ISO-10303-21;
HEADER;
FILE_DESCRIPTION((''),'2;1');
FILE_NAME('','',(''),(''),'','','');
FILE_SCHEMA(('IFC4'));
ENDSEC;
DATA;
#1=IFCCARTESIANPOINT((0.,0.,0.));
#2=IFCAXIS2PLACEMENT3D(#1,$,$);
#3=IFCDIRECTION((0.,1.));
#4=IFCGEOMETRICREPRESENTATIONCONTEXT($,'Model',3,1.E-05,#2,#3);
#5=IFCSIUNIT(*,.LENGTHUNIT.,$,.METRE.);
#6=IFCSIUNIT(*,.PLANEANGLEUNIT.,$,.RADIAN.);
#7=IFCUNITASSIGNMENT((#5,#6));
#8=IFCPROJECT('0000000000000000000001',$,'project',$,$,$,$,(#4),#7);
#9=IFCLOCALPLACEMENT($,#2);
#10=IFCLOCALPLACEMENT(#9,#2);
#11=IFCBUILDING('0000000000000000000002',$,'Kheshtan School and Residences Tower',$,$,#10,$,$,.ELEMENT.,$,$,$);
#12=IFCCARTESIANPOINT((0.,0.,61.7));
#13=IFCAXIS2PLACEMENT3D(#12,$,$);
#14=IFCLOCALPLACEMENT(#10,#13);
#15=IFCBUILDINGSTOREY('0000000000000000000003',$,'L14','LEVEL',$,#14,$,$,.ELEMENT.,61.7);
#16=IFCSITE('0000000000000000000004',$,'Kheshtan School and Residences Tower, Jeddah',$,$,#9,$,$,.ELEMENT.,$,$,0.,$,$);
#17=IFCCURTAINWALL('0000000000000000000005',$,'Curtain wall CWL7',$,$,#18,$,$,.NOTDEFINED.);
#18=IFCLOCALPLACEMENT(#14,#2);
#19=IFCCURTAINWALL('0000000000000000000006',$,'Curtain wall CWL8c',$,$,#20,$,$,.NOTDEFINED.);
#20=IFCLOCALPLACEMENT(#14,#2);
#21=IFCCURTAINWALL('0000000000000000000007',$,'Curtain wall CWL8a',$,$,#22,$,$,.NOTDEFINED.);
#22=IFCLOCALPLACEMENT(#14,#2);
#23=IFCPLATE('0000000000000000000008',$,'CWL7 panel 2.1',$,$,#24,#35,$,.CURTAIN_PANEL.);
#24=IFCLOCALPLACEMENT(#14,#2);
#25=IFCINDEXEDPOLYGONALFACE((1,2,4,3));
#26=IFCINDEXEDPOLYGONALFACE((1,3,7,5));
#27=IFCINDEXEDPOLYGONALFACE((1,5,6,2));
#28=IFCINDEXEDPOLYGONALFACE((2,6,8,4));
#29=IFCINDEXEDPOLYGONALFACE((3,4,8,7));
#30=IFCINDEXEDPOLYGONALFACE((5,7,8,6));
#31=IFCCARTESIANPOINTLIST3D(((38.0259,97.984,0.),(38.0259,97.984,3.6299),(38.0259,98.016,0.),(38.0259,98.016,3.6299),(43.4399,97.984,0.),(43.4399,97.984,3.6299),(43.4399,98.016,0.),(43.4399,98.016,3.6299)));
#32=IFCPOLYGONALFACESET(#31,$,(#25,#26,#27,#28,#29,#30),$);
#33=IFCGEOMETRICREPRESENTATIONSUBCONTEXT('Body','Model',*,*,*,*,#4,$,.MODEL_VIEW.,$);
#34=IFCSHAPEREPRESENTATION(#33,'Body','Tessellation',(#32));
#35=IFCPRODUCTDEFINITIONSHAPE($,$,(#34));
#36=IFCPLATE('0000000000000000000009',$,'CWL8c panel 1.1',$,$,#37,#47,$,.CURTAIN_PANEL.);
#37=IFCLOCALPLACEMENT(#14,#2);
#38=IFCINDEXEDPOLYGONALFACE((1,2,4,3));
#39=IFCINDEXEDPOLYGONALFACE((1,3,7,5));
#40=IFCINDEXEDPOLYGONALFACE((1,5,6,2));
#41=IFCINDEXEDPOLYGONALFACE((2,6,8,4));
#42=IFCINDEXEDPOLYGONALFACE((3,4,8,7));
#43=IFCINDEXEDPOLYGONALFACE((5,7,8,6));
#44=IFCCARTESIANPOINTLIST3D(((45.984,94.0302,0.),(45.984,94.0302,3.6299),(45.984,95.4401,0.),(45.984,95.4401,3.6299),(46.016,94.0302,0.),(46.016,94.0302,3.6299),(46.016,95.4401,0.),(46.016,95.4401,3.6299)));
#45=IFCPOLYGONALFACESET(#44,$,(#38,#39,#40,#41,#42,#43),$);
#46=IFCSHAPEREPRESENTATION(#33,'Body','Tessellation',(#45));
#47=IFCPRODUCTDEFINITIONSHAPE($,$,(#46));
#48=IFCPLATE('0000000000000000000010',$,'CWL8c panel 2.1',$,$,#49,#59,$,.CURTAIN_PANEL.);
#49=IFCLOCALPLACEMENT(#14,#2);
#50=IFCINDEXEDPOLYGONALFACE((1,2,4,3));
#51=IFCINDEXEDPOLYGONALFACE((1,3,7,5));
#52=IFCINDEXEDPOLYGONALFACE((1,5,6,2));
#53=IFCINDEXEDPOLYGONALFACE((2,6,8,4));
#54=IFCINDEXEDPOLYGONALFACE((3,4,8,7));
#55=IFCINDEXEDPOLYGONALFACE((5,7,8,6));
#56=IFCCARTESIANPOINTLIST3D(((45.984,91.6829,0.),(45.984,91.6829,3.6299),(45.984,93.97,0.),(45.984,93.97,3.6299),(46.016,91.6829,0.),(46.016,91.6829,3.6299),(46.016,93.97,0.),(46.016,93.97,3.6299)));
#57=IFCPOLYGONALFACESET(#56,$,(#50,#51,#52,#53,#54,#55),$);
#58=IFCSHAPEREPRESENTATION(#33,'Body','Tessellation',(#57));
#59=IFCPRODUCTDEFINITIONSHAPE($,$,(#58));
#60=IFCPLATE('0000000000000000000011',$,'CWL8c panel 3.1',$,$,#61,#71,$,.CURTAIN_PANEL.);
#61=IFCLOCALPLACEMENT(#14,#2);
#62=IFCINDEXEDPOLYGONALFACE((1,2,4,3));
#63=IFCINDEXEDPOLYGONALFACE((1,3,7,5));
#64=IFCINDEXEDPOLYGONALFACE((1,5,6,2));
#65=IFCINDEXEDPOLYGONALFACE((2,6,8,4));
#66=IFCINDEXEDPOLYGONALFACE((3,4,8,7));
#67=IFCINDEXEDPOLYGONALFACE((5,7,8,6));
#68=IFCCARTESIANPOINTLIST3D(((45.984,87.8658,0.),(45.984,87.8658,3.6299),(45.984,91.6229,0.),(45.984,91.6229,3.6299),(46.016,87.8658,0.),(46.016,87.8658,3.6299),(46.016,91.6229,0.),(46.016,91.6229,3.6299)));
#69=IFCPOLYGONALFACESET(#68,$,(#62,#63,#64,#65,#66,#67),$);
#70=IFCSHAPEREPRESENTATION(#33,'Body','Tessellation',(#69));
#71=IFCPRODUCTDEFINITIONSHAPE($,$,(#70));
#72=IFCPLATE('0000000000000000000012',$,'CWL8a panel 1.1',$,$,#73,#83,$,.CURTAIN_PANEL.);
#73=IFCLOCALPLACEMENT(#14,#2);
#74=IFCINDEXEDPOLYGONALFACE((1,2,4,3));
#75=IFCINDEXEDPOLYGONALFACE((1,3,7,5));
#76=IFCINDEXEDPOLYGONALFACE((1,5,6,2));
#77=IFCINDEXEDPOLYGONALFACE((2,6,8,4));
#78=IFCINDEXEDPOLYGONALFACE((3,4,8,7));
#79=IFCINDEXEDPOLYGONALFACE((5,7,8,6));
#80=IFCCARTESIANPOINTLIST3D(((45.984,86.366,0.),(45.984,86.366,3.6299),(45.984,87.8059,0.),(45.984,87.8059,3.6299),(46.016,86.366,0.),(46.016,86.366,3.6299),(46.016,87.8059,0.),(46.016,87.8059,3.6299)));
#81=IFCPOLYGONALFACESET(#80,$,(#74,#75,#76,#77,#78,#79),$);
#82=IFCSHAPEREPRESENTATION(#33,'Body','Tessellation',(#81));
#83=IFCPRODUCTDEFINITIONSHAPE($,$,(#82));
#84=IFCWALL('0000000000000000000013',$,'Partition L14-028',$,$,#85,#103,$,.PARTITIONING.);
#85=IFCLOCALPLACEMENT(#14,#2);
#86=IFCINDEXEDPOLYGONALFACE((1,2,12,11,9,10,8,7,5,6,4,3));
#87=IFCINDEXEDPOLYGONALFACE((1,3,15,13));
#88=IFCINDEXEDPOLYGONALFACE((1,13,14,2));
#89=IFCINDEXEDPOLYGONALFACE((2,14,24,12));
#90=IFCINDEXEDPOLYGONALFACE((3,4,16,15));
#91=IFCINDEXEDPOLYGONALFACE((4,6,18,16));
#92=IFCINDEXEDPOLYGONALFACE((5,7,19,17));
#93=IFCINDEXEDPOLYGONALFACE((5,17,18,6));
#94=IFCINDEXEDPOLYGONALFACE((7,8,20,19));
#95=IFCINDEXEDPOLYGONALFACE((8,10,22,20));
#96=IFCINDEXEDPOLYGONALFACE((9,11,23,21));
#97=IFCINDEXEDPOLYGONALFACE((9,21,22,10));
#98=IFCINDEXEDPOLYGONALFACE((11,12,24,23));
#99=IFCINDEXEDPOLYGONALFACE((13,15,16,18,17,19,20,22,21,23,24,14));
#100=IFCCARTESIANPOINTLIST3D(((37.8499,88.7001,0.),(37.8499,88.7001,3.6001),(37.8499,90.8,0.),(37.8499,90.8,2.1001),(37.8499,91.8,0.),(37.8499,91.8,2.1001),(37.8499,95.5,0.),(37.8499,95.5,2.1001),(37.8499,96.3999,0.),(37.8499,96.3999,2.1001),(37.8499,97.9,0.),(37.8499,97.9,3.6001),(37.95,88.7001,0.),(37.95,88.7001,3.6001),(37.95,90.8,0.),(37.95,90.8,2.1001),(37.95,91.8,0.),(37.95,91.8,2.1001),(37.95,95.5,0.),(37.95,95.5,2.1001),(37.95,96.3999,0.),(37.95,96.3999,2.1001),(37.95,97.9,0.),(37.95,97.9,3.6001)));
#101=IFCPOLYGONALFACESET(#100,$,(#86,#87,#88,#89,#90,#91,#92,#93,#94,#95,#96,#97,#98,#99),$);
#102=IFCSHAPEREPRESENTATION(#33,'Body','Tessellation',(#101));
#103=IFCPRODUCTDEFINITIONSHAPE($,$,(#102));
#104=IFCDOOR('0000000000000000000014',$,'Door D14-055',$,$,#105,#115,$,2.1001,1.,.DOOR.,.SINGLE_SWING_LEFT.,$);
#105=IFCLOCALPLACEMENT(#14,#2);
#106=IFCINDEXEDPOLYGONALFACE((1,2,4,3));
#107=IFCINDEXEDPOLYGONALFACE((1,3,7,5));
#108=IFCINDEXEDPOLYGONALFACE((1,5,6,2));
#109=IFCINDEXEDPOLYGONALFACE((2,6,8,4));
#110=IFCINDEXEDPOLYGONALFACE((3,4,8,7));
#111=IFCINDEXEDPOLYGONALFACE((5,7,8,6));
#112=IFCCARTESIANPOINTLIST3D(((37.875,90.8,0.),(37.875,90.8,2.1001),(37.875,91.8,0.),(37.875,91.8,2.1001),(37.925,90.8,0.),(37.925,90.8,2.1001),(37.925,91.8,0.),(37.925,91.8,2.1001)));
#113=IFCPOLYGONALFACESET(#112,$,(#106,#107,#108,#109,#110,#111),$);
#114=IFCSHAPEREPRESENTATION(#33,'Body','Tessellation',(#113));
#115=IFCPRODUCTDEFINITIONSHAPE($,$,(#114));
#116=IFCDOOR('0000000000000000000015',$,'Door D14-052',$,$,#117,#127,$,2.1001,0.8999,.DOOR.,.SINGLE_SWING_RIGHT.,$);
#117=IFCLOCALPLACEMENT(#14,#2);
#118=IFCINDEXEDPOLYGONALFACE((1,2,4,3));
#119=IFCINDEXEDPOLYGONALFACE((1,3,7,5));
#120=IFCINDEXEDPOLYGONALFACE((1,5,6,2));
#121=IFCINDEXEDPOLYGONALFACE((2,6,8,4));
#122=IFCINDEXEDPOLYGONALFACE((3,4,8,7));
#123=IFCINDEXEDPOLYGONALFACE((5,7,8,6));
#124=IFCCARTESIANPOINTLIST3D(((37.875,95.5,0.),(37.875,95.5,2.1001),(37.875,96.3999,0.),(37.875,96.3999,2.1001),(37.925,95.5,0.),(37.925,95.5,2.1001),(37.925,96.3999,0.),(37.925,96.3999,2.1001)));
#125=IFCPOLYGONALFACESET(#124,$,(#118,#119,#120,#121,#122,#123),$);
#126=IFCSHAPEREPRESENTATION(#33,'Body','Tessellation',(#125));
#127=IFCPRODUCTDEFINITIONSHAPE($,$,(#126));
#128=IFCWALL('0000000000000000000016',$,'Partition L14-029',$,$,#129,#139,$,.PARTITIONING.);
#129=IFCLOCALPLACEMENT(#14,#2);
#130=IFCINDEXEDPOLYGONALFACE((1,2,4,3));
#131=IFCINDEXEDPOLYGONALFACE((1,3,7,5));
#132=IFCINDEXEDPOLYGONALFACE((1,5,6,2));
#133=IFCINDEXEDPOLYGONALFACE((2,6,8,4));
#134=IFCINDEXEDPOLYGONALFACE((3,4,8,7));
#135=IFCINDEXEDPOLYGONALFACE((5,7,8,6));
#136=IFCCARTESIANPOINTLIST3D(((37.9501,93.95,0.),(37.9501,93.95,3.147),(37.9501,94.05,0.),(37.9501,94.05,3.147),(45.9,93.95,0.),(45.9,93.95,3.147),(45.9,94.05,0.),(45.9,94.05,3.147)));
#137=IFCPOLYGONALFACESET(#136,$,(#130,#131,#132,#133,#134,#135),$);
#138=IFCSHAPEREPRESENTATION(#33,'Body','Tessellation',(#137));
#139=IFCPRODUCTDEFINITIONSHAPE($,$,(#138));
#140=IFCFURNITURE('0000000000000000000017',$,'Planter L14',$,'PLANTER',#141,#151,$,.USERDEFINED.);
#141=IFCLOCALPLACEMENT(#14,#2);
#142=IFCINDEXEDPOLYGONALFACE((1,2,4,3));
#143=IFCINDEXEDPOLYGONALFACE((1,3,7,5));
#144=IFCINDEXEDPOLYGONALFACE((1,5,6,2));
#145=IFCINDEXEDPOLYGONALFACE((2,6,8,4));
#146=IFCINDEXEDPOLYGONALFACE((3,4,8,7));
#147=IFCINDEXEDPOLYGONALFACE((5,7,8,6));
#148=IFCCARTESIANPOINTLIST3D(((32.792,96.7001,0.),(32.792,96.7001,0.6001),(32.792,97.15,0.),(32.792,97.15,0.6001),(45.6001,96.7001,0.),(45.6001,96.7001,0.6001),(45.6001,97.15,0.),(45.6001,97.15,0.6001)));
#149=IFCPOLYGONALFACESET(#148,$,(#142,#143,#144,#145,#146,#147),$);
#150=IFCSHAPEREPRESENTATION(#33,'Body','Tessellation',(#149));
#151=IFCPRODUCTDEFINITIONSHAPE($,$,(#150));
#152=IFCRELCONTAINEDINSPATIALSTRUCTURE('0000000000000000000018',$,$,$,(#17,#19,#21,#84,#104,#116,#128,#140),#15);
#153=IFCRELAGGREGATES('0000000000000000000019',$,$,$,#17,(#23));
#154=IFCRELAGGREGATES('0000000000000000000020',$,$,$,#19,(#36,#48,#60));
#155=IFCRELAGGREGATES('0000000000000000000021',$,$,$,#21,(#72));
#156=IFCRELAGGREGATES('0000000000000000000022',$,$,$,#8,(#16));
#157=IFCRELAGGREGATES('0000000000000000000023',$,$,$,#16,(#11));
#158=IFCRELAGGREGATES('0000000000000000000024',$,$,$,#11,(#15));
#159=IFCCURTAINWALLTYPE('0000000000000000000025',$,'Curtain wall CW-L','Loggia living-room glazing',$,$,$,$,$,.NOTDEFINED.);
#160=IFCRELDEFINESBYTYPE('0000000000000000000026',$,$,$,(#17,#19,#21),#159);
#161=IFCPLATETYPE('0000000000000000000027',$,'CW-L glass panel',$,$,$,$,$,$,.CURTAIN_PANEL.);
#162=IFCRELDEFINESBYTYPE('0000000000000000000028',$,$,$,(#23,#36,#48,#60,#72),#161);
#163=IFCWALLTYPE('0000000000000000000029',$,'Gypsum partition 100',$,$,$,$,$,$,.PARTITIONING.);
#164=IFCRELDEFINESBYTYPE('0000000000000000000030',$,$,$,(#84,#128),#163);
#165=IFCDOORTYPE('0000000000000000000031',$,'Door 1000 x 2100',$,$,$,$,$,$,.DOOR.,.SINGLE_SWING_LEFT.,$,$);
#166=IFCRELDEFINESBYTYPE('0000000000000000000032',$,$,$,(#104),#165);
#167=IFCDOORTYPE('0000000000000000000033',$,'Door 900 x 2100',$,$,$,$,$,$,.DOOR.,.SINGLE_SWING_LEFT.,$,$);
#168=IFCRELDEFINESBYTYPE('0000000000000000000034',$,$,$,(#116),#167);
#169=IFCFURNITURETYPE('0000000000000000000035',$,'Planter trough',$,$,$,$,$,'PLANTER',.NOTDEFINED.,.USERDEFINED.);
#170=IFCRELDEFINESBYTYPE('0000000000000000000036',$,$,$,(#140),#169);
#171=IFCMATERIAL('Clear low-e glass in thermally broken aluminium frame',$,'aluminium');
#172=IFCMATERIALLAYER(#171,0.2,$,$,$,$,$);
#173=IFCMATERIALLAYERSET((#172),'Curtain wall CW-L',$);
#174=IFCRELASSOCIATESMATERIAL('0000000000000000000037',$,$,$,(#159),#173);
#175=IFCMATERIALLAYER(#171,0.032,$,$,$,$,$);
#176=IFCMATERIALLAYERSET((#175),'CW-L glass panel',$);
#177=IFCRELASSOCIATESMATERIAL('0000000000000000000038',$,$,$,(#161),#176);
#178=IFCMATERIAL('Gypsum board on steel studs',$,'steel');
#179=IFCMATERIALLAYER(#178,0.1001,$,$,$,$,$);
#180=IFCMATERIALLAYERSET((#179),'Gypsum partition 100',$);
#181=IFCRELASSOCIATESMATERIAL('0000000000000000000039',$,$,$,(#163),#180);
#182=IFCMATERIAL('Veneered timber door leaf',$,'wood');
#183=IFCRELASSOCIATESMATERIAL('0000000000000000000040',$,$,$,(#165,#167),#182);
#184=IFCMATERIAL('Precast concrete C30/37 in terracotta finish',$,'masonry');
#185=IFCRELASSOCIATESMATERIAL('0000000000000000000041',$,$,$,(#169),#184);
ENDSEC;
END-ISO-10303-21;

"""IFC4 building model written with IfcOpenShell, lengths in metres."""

from ifc_helpers import new_model, si_unit, direction, frame, frame_2d, origin, origin_2d, place, context, subcontext, project, spatial, rectangle, extrude, source, transform, mapped, material, layer, layer_set, type_object, element, fill, aggregate, save


model = new_model("IFC4")

# Units and contexts
model_context = context("Model", 3, precision=1e-05, world=origin(), true_north=direction((0.0, 1.0)))
body_context = subcontext(model_context, "Body", "Model", "MODEL_VIEW")
ifc_project = project(units=[si_unit("LENGTHUNIT", "METRE"), si_unit("PLANEANGLEUNIT", "RADIAN")], contexts=[model_context])

# Site, building, storey
site_placement = place(None, origin())
site = spatial("IfcSite", under=ifc_project, at=site_placement, Name="Kheshtan School and Residences Tower, Jeddah", CompositionType="ELEMENT", RefElevation=0.0)
building_placement = place(site_placement, origin())
building = spatial("IfcBuilding", under=site, at=building_placement, Name="Kheshtan School and Residences Tower", CompositionType="ELEMENT")
storey_placement = place(building_placement, frame((0.0, 0.0, 61.7)))
storey = spatial("IfcBuildingStorey", under=building, at=storey_placement, Name="L14", Description="LEVEL", CompositionType="ELEMENT", Elevation=61.7)

# Curtain walls
ifc_material_1 = material(Name="Clear low-e glass in thermally broken aluminium frame", Category="aluminium")
ifc_layer_1 = layer(ifc_material_1, 0.2)
ifc_layer_set_1 = layer_set([ifc_layer_1], Name="Curtain wall CW-L")
curtain_wall_type = type_object("IfcCurtainWallType", Name="Curtain wall CW-L", Description="Loggia living-room glazing", PredefinedType="NOTDEFINED", material=ifc_layer_set_1)
curtain_wall_1_placement = place(storey_placement, origin())
curtain_wall_1 = element("IfcCurtainWall", 1, at=curtain_wall_1_placement, inside=storey, type_object=curtain_wall_type, Name="Curtain wall CWL7", PredefinedType="NOTDEFINED")
curtain_wall_2_placement = place(storey_placement, origin())
curtain_wall_2 = element("IfcCurtainWall", 2, at=curtain_wall_2_placement, inside=storey, type_object=curtain_wall_type, Name="Curtain wall CWL8c", PredefinedType="NOTDEFINED")

# Curtain wall
curtain_wall_3_placement = place(storey_placement, origin())
curtain_wall_3 = element("IfcCurtainWall", 3, at=curtain_wall_3_placement, inside=storey, type_object=curtain_wall_type, Name="Curtain wall CWL8a", PredefinedType="NOTDEFINED")

# Plates
ifc_layer_2 = layer(ifc_material_1, 0.032)
ifc_layer_set_2 = layer_set([ifc_layer_2], Name="CW-L glass panel")
plate_type = type_object("IfcPlateType", Name="CW-L glass panel", PredefinedType="CURTAIN_PANEL", material=ifc_layer_set_2)
plate_1_placement = place(storey_placement, frame((40.7329, 98.0, 0.0), z_axis=(0.0, 0.0, 1.0), x_axis=(1.0, 0.0, 0.0)))
plate_1 = element("IfcPlate", 4, at=plate_1_placement, type_object=plate_type, Name="CWL7 panel 2.1", PredefinedType="CURTAIN_PANEL", context=body_context, shape_type="SweptSolid", body=[
    extrude(rectangle(XDim=5.4141, YDim=0.032, at=origin_2d()), origin(), (0.0, 0.0, 1.0), 3.6299),
])
aggregate(curtain_wall_1, [plate_1])
plate_2_placement = place(storey_placement, frame((46.0, 94.7351, 0.0), z_axis=(0.0, 0.0, 1.0), x_axis=(0.0, -1.0, 0.0)))
plate_2 = element("IfcPlate", 5, at=plate_2_placement, type_object=plate_type, Name="CWL8c panel 1.1", PredefinedType="CURTAIN_PANEL", context=body_context, shape_type="SweptSolid", body=[
    extrude(rectangle(XDim=1.4099, YDim=0.032, at=origin_2d()), origin(), (0.0, 0.0, 1.0), 3.6299),
])
plate_3_placement = place(storey_placement, frame((46.0, 92.8264, 0.0), z_axis=(0.0, 0.0, 1.0), x_axis=(0.0, -1.0, 0.0)))
plate_3 = element("IfcPlate", 6, at=plate_3_placement, type_object=plate_type, Name="CWL8c panel 2.1", PredefinedType="CURTAIN_PANEL", context=body_context, shape_type="SweptSolid", body=[
    extrude(rectangle(XDim=2.2871, YDim=0.032, at=origin_2d()), origin(), (0.0, 0.0, 1.0), 3.6299),
])
plate_4_placement = place(storey_placement, frame((46.0, 89.7444, 0.0), z_axis=(0.0, 0.0, 1.0), x_axis=(0.0, -1.0, 0.0)))
plate_4 = element("IfcPlate", 7, at=plate_4_placement, type_object=plate_type, Name="CWL8c panel 3.1", PredefinedType="CURTAIN_PANEL", context=body_context, shape_type="SweptSolid", body=[
    extrude(rectangle(XDim=3.7571, YDim=0.032, at=origin_2d()), origin(), (0.0, 0.0, 1.0), 3.6299),
])
aggregate(curtain_wall_2, [plate_2, plate_3, plate_4])
plate_5_placement = place(storey_placement, frame((46.0, 87.0859, 0.0), z_axis=(0.0, 0.0, 1.0), x_axis=(0.0, -1.0, 0.0)))
plate_5 = element("IfcPlate", 8, at=plate_5_placement, type_object=plate_type, Name="CWL8a panel 1.1", PredefinedType="CURTAIN_PANEL", context=body_context, shape_type="SweptSolid", body=[
    extrude(rectangle(XDim=1.4399, YDim=0.032, at=origin_2d()), origin(), (0.0, 0.0, 1.0), 3.6299),
])
aggregate(curtain_wall_3, [plate_5])

# Wall, openings, doors
ifc_material_2 = material(Name="Gypsum board on steel studs", Category="steel")
ifc_layer_3 = layer(ifc_material_2, 0.1001)
ifc_layer_set_3 = layer_set([ifc_layer_3], Name="Gypsum partition 100")
wall_type_1 = type_object("IfcWallType", Name="Gypsum partition 100", PredefinedType="PARTITIONING", material=ifc_layer_set_3)
wall_1_placement = place(storey_placement, frame((37.8999, 88.7, 0.0), z_axis=(0.0, 0.0, 1.0), x_axis=(0.0, 1.0, 0.0)))
wall_1 = element("IfcWall", 9, at=wall_1_placement, inside=storey, type_object=wall_type_1, Name="Partition L14-028", PredefinedType="PARTITIONING", context=body_context, shape_type="SweptSolid", body=[
    extrude(rectangle(XDim=9.2, YDim=0.1001, at=frame_2d((4.6001, 0.0))), origin(), (0.0, 0.0, 1.0), 3.6001),
])
opening_1_placement = place(wall_1_placement, frame((6.8, 0.0, 0.0)))
opening_1 = element("IfcOpeningElement", 10, at=opening_1_placement, cuts=wall_1, PredefinedType="OPENING", context=body_context, shape_type="SweptSolid", body=[
    extrude(rectangle(XDim=0.8999, YDim=2.1001, at=frame_2d((0.45, 1.05))), frame((0.0, 0.0601, 0.0), z_axis=(0.0, -1.0, 0.0), x_axis=(1.0, 0.0, 0.0)), (0.0, 0.0, 1.0), 0.1201),
])
opening_2_placement = place(wall_1_placement, frame((2.1001, 0.0, 0.0)))
opening_2 = element("IfcOpeningElement", 11, at=opening_2_placement, cuts=wall_1, PredefinedType="OPENING", context=body_context, shape_type="SweptSolid", body=[
    extrude(rectangle(XDim=1.0, YDim=2.1001, at=frame_2d((0.5, 1.05))), frame((0.0, 0.0601, 0.0), z_axis=(0.0, -1.0, 0.0), x_axis=(1.0, 0.0, 0.0)), (0.0, 0.0, 1.0), 0.1201),
])
ifc_material_3 = material(Name="Veneered timber door leaf", Category="wood")
door_type_1 = type_object("IfcDoorType", Name="Door 1000 x 2100", OperationType="SINGLE_SWING_LEFT", PredefinedType="DOOR", material=ifc_material_3)
shared_shape_1 = source(origin(), body_context, "Body", "SweptSolid", [
    extrude(rectangle(XDim=1.0, YDim=2.1001, at=frame_2d((0.5, 1.05))), frame((0.0, 0.0249, 0.0), z_axis=(0.0, -1.0, 0.0), x_axis=(1.0, 0.0, 0.0)), (0.0, 0.0, 1.0), 0.05),
])
door_1_placement = place(opening_2_placement, origin())
door_1 = element("IfcDoor", 12, at=door_1_placement, inside=storey, type_object=door_type_1, Name="Door D14-055", OperationType="SINGLE_SWING_LEFT", OverallHeight=2.1001, OverallWidth=1.0, PredefinedType="DOOR", context=body_context, shape_type="MappedRepresentation", body=[
    mapped(shared_shape_1, transform((0.0, 0.0, 0.0), x_axis=(1.0, 0.0, 0.0), y_axis=(0.0, 1.0, 0.0), z_axis=(0.0, 0.0, 1.0), scale=1.0)),
])
fill(opening_2, door_1)
door_type_2 = type_object("IfcDoorType", Name="Door 900 x 2100", OperationType="SINGLE_SWING_LEFT", PredefinedType="DOOR", material=ifc_material_3)
shared_shape_2 = source(origin(), body_context, "Body", "SweptSolid", [
    extrude(rectangle(XDim=0.8999, YDim=2.1001, at=frame_2d((0.45, 1.05))), frame((0.0, 0.0249, 0.0), z_axis=(0.0, -1.0, 0.0), x_axis=(1.0, 0.0, 0.0)), (0.0, 0.0, 1.0), 0.05),
])
door_2_placement = place(opening_1_placement, origin())
door_2 = element("IfcDoor", 13, at=door_2_placement, inside=storey, type_object=door_type_2, Name="Door D14-052", OperationType="SINGLE_SWING_RIGHT", OverallHeight=2.1001, OverallWidth=0.8999, PredefinedType="DOOR", context=body_context, shape_type="MappedRepresentation", body=[
    mapped(shared_shape_2, transform((0.0, 0.0, 0.0), x_axis=(1.0, 0.0, 0.0), y_axis=(0.0, 1.0, 0.0), z_axis=(0.0, 0.0, 1.0), scale=1.0)),
])
fill(opening_1, door_2)

# Wall
wall_2_placement = place(storey_placement, frame((37.95, 94.0, 0.0), z_axis=(0.0, 0.0, 1.0), x_axis=(1.0, 0.0, 0.0)))
element("IfcWall", 14, at=wall_2_placement, inside=storey, type_object=wall_type_1, Name="Partition L14-029", PredefinedType="PARTITIONING", context=body_context, shape_type="SweptSolid", body=[
    extrude(rectangle(XDim=7.95, YDim=0.1001, at=frame_2d((3.9751, 0.0))), origin(), (0.0, 0.0, 1.0), 3.147),
])

# Furniture
ifc_material_4 = material(Name="Precast concrete C30/37 in terracotta finish", Category="masonry")
furniture_type = type_object("IfcFurnitureType", Name="Planter trough", ElementType="PLANTER", AssemblyPlace="NOTDEFINED", PredefinedType="USERDEFINED", material=ifc_material_4)
furniture_placement = place(storey_placement, frame((39.196, 96.925, 0.0), z_axis=(0.0, 0.0, 1.0), x_axis=(1.0, 0.0, 0.0)))
element("IfcFurniture", 15, at=furniture_placement, inside=storey, type_object=furniture_type, Name="Planter L14", ObjectType="PLANTER", PredefinedType="USERDEFINED", context=body_context, shape_type="SweptSolid", body=[
    extrude(rectangle(XDim=12.8081, YDim=0.45, at=origin_2d()), origin(), (0.0, 0.0, 1.0), 0.6001),
])

save(model, "model.ifc")
